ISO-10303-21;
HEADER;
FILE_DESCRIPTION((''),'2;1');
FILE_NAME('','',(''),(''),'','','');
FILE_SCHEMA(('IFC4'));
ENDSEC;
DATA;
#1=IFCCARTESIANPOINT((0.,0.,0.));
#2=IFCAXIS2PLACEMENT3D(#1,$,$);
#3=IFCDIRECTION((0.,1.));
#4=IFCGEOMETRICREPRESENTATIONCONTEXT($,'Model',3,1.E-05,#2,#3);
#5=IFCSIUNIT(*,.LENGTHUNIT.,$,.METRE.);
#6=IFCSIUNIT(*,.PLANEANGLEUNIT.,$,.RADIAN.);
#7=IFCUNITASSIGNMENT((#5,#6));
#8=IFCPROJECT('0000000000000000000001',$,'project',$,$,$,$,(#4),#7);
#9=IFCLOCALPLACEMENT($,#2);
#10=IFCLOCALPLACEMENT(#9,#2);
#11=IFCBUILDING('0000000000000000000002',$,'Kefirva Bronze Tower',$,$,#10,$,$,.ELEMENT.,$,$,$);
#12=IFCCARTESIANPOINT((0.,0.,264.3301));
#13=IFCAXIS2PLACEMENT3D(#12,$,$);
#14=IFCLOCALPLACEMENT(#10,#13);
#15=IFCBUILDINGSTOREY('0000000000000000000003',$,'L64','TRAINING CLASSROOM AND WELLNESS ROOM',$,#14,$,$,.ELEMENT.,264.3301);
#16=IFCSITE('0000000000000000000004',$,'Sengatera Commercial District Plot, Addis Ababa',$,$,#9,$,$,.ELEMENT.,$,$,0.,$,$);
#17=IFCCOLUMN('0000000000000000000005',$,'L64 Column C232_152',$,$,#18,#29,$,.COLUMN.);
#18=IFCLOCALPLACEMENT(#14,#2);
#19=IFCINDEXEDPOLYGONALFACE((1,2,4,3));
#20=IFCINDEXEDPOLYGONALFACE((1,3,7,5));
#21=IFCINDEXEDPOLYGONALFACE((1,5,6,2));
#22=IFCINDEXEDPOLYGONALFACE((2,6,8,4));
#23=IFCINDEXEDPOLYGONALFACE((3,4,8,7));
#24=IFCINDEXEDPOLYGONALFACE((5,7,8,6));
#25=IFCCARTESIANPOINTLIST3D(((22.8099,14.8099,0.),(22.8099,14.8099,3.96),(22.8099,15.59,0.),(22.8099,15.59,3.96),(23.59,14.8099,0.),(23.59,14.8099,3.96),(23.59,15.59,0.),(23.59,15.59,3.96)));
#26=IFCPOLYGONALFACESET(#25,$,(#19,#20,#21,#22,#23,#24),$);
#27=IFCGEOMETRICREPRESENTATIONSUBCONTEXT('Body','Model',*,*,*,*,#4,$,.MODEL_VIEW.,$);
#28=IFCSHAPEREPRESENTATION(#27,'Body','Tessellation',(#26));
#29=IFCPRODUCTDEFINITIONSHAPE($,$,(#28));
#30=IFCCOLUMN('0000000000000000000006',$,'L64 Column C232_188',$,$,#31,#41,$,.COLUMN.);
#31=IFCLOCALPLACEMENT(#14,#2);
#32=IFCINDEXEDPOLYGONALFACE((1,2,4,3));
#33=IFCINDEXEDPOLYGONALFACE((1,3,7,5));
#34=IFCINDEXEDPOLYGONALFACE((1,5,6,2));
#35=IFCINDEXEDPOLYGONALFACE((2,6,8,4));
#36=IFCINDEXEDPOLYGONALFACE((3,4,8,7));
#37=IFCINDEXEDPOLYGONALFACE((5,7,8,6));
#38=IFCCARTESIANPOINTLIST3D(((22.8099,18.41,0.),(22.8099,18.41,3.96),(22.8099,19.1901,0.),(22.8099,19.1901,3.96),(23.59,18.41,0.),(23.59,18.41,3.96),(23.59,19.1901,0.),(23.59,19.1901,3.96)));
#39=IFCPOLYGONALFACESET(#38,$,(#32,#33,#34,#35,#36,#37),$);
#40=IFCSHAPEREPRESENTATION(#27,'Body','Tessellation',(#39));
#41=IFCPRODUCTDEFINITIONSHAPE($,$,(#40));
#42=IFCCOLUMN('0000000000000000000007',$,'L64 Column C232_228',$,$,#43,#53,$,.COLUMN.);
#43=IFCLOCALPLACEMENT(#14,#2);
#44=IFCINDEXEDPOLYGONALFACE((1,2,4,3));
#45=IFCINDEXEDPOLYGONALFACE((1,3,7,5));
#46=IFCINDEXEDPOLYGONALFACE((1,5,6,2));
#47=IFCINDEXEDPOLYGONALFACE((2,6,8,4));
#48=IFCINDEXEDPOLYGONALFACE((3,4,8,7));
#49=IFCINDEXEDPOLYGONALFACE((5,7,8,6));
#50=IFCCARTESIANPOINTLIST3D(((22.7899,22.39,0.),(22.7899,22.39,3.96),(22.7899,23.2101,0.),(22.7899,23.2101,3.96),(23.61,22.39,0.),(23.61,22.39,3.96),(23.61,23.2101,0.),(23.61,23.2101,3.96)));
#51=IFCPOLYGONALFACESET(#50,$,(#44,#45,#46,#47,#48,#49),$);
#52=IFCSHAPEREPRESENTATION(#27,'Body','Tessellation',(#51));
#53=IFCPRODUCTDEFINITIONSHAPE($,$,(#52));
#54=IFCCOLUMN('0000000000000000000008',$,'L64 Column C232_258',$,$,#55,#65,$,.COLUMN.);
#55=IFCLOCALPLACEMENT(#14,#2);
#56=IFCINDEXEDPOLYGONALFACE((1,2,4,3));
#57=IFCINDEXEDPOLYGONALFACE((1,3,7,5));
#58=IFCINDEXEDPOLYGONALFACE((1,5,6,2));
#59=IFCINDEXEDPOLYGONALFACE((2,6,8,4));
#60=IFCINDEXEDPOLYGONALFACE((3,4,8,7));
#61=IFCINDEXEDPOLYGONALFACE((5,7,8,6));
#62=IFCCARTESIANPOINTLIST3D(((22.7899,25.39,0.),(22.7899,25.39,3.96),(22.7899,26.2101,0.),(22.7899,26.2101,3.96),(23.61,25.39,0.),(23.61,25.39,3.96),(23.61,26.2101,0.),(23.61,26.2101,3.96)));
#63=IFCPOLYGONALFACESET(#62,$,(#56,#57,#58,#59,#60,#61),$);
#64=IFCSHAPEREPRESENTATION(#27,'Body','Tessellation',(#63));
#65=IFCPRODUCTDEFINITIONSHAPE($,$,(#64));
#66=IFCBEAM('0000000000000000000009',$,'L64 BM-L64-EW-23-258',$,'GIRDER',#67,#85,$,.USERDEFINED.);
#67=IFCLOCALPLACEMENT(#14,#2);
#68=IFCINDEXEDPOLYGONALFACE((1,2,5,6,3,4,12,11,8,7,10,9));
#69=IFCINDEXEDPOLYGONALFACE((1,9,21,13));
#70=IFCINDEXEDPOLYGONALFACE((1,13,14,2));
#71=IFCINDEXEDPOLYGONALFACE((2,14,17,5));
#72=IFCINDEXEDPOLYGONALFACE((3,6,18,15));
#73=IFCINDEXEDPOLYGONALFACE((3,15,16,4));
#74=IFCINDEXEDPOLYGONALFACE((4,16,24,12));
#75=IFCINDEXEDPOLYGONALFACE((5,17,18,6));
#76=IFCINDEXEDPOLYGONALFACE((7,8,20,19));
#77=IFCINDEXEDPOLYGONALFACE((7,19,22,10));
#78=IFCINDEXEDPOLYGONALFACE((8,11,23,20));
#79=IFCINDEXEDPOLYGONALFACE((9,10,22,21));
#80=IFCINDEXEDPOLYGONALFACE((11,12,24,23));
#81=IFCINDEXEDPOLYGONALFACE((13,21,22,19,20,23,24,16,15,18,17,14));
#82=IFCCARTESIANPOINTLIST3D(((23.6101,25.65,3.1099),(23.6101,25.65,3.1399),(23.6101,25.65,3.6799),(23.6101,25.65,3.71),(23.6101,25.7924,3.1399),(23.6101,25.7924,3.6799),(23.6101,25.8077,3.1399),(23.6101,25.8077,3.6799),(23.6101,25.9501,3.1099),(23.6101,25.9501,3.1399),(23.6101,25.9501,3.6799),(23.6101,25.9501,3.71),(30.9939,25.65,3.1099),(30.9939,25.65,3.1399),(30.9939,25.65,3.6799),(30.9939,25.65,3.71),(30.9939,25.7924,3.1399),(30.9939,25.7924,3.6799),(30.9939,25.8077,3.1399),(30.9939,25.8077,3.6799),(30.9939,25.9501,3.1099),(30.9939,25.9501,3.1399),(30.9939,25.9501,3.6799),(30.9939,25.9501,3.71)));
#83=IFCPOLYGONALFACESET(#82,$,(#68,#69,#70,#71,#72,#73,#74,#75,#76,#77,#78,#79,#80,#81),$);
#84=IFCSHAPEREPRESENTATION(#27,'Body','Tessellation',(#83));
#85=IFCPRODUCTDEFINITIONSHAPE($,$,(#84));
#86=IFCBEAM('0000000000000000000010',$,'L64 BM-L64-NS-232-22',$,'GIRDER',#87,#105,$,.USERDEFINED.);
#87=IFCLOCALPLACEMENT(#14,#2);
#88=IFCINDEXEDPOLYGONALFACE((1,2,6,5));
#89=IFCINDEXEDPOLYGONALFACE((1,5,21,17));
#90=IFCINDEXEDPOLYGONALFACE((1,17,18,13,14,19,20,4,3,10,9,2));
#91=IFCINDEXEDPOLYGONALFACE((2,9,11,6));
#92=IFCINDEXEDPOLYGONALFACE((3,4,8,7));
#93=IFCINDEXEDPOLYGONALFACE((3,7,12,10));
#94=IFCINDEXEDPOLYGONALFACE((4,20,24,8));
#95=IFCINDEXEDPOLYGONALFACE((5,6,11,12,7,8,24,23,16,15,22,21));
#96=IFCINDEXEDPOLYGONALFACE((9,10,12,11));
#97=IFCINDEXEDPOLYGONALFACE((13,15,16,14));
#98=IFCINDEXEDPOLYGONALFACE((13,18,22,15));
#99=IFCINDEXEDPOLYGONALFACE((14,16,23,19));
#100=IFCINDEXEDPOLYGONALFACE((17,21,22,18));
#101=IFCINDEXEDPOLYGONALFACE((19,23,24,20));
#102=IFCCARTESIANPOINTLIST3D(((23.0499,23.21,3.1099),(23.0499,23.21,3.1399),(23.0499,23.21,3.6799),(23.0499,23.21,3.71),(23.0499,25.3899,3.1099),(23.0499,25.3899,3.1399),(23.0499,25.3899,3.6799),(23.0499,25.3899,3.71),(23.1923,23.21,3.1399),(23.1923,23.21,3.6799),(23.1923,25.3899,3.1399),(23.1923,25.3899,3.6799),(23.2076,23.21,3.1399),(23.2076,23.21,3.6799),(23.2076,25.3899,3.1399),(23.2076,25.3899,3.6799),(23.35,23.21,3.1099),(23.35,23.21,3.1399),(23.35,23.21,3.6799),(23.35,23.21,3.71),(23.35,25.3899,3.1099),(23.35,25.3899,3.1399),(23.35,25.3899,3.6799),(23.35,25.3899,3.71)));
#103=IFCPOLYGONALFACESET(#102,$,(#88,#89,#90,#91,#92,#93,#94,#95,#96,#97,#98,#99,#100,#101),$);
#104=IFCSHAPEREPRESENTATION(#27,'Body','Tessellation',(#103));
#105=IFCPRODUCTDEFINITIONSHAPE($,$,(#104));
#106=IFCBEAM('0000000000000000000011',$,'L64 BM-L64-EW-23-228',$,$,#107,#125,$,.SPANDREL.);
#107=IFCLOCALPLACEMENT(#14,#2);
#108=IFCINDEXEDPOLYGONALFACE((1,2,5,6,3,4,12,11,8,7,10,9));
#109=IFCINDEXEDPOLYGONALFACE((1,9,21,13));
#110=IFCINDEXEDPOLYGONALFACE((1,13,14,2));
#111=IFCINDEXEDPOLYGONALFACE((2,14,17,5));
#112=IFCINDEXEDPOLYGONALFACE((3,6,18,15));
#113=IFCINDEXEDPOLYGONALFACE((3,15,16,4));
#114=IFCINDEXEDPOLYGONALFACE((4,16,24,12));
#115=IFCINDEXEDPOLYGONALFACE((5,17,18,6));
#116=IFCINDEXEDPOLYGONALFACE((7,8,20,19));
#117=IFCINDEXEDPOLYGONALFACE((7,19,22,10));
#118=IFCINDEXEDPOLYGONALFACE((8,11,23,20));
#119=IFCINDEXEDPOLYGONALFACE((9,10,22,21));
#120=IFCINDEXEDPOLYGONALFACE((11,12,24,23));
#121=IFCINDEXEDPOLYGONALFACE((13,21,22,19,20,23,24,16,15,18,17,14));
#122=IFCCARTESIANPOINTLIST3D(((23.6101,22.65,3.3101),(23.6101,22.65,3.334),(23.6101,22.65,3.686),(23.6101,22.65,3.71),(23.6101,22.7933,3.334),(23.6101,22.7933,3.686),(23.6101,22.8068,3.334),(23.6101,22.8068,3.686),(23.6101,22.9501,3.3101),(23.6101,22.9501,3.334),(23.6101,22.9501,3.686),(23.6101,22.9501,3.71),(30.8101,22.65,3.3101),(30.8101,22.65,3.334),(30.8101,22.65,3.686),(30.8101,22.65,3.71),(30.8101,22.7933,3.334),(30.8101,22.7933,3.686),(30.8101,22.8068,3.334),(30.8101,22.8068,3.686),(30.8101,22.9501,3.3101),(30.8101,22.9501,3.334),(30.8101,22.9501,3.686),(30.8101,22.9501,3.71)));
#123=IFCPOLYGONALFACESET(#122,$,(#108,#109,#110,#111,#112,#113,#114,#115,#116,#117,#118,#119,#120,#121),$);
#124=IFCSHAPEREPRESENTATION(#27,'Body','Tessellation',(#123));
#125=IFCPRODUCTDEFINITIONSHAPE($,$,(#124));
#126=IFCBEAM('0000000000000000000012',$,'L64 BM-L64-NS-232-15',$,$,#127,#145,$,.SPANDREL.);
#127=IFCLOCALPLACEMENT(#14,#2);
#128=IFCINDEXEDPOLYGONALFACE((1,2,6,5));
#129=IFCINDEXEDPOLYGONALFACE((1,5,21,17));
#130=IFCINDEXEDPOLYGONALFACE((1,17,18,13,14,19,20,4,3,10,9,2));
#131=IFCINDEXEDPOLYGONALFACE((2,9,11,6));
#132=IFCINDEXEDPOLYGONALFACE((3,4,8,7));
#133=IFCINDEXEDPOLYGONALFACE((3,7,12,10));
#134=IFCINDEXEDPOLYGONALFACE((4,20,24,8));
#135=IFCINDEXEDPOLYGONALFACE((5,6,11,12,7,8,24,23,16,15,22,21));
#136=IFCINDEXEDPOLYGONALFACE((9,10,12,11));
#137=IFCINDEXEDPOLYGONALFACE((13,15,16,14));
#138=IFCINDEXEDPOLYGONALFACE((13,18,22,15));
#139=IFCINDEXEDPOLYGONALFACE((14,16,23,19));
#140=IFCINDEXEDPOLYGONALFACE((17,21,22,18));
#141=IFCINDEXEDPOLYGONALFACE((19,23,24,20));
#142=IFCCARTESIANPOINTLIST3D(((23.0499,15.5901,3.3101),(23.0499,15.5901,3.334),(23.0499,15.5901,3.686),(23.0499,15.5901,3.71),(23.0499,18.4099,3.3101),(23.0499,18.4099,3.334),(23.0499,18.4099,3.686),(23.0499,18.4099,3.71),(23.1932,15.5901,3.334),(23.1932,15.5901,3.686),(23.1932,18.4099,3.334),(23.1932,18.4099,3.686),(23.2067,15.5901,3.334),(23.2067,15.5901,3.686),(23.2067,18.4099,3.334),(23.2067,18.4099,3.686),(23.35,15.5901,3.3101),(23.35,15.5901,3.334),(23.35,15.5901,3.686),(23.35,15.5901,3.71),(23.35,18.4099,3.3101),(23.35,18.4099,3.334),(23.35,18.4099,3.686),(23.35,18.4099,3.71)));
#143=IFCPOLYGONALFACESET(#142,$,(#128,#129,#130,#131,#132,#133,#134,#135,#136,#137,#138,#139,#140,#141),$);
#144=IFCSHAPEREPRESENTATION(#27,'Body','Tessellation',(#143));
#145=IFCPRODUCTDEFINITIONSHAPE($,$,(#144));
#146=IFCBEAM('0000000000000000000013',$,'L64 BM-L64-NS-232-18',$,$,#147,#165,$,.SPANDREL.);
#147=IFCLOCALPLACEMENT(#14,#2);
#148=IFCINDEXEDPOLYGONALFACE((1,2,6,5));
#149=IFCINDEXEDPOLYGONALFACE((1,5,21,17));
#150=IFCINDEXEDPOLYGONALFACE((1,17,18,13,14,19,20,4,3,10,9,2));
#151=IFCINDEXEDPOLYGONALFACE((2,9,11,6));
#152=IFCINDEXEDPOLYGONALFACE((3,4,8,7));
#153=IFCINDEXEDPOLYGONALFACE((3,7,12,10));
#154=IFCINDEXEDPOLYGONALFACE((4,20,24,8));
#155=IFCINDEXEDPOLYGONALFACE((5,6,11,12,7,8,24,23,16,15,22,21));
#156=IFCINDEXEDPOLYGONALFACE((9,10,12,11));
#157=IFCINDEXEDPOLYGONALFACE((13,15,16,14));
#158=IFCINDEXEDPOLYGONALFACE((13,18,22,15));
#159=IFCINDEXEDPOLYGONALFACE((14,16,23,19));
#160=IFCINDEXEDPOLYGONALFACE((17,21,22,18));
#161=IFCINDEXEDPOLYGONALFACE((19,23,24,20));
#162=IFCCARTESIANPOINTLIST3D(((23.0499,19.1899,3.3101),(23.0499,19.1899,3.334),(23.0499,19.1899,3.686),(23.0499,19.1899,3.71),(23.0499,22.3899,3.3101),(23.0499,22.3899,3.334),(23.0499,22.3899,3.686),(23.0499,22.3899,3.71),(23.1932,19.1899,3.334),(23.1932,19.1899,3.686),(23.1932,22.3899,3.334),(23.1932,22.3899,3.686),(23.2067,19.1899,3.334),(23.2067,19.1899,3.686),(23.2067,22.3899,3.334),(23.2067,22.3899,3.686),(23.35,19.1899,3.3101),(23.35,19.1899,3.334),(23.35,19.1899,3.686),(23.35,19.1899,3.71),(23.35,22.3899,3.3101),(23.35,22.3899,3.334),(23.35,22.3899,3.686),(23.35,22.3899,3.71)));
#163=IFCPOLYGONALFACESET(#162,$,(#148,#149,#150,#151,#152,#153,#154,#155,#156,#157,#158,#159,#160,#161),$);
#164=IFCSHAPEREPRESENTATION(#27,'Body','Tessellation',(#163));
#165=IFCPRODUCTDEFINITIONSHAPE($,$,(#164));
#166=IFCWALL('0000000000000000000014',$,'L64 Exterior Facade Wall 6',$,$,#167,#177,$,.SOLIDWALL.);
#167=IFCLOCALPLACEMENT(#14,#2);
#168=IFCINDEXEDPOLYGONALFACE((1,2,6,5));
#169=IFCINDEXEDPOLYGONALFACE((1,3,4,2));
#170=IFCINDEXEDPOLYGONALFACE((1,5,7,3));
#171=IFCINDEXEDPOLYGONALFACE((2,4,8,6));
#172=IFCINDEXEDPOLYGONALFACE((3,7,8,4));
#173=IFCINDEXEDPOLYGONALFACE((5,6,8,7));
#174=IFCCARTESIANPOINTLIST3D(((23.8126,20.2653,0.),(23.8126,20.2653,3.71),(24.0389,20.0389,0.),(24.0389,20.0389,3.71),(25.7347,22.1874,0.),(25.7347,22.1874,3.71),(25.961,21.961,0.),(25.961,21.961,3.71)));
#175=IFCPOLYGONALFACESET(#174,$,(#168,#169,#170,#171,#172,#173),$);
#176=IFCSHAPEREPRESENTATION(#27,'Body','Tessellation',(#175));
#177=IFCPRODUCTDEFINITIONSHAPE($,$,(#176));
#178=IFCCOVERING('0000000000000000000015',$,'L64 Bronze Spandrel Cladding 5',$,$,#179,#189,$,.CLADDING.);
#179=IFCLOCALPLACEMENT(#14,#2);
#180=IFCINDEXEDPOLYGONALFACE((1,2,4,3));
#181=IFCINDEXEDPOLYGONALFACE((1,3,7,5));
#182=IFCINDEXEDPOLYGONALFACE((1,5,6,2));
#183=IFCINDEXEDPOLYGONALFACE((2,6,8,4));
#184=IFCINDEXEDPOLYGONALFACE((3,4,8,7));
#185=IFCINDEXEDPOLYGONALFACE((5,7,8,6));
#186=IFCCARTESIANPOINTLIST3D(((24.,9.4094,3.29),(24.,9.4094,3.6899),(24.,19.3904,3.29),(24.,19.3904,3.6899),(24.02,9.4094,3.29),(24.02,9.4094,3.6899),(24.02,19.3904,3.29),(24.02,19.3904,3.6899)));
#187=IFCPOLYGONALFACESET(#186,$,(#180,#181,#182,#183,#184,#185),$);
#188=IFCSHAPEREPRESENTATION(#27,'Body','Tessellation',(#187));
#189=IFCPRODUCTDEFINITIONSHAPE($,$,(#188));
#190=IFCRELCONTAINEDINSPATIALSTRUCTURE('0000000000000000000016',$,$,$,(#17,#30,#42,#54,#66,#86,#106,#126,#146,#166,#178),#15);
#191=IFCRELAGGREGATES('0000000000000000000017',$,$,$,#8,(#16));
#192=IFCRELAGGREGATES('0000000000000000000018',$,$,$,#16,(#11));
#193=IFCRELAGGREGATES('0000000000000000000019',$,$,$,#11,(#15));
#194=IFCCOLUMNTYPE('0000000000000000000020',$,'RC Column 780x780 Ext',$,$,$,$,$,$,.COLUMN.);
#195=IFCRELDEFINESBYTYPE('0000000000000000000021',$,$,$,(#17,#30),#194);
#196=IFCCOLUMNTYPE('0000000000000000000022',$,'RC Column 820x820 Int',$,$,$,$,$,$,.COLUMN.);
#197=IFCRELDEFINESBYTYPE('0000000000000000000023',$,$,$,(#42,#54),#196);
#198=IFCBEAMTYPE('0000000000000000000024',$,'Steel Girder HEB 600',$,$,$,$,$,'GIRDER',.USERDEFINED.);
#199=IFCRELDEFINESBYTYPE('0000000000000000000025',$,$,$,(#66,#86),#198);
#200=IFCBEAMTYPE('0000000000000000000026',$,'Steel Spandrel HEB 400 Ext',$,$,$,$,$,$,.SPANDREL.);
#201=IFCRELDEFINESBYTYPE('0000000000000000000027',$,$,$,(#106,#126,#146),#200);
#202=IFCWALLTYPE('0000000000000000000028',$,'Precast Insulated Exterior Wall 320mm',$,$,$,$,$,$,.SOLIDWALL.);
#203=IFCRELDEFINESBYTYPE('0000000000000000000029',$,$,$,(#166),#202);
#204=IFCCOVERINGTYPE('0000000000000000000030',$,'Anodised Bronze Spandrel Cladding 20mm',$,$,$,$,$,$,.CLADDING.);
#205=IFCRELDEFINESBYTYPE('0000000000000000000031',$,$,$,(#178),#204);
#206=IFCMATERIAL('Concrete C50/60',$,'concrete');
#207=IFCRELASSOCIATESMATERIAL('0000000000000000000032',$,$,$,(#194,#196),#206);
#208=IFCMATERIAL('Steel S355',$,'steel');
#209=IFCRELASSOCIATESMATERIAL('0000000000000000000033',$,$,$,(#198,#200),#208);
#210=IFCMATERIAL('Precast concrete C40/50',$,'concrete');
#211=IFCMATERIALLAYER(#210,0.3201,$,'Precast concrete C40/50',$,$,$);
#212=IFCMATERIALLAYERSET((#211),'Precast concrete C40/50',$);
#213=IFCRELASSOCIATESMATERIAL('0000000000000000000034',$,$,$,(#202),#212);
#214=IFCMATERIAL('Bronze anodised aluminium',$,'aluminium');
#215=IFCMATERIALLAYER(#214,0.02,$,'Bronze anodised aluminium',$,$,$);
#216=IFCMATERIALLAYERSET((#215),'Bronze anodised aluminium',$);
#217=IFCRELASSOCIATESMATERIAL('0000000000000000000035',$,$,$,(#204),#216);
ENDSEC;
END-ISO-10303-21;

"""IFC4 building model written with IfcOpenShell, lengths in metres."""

from ifc_helpers import new_model, si_unit, direction, frame, frame_2d, origin, origin_2d, place, context, subcontext, project, spatial, rectangle, i_section, extrude, material, layer, layer_set, material_profile, profile_set, type_object, element, save


model = new_model("IFC4")

# Units and contexts
model_context = context("Model", 3, precision=1e-05, world=origin(), true_north=direction((0.0, 1.0)))
body_context = subcontext(model_context, "Body", "Model", "MODEL_VIEW")
ifc_project = project(units=[si_unit("LENGTHUNIT", "METRE"), si_unit("PLANEANGLEUNIT", "RADIAN")], contexts=[model_context])

# Site, building, storey
site_placement = place(None, origin())
site = spatial("IfcSite", under=ifc_project, at=site_placement, Name="Sengatera Commercial District Plot, Addis Ababa", CompositionType="ELEMENT", RefElevation=0.0)
building_placement = place(site_placement, origin())
building = spatial("IfcBuilding", under=site, at=building_placement, Name="Kefirva Bronze Tower", CompositionType="ELEMENT")
storey_placement = place(building_placement, frame((0.0, 0.0, 264.3301)))
storey = spatial("IfcBuildingStorey", under=building, at=storey_placement, Name="L64", Description="TRAINING CLASSROOM AND WELLNESS ROOM", CompositionType="ELEMENT", Elevation=264.3301)

# Columns
ifc_material_1 = material(Name="Concrete C50/60", Category="concrete")
ifc_material_profile_1 = material_profile(ifc_material_1, rectangle(XDim=0.78, YDim=0.78, at=origin_2d()), Name="RC 780x780")
ifc_profile_set_1 = profile_set([ifc_material_profile_1], Name="Concrete C50/60")
column_type_1 = type_object("IfcColumnType", Name="RC Column 780x780 Ext", PredefinedType="COLUMN", material=ifc_profile_set_1)
for number, where, z_axis, x_axis, name in (
    (1, (23.2, 15.2, 0.0), (0.0, 0.0, 1.0), (1.0, 0.0, 0.0), "L64 Column C232_152"),
    (2, (23.2, 18.8, 0.0), (0.0, 0.0, 1.0), (1.0, 0.0, 0.0), "L64 Column C232_188"),
):
    element("IfcColumn", number, at=place(storey_placement, frame(where, z_axis=z_axis, x_axis=x_axis)), inside=storey, type_object=column_type_1, Name=name, PredefinedType="COLUMN", context=body_context, shape_type="SweptSolid", body=[
        extrude(rectangle(XDim=0.78, YDim=0.78, at=origin_2d()), origin(), (0.0, 0.0, 1.0), 3.96),
    ])
ifc_material_profile_2 = material_profile(ifc_material_1, rectangle(XDim=0.8201, YDim=0.8201, at=origin_2d()), Name="RC 820x820")
ifc_profile_set_2 = profile_set([ifc_material_profile_2], Name="Concrete C50/60")
column_type_2 = type_object("IfcColumnType", Name="RC Column 820x820 Int", PredefinedType="COLUMN", material=ifc_profile_set_2)
for number, where, z_axis, x_axis, name in (
    (3, (23.2, 22.8, 0.0), (0.0, 0.0, 1.0), (1.0, 0.0, 0.0), "L64 Column C232_228"),
    (4, (23.2, 25.8, 0.0), (0.0, 0.0, 1.0), (1.0, 0.0, 0.0), "L64 Column C232_258"),
):
    element("IfcColumn", number, at=place(storey_placement, frame(where, z_axis=z_axis, x_axis=x_axis)), inside=storey, type_object=column_type_2, Name=name, PredefinedType="COLUMN", context=body_context, shape_type="SweptSolid", body=[
        extrude(rectangle(XDim=0.8201, YDim=0.8201, at=origin_2d()), origin(), (0.0, 0.0, 1.0), 3.96),
    ])

# Beams
ifc_material_2 = material(Name="Steel S355", Category="steel")
ifc_material_profile_3 = material_profile(ifc_material_2, i_section(OverallWidth=0.3, OverallDepth=0.6001, WebThickness=0.0154, FlangeThickness=0.03, at=origin_2d()), Name="HEB 600")
ifc_profile_set_3 = profile_set([ifc_material_profile_3], Name="Steel S355")
beam_type_1 = type_object("IfcBeamType", Name="Steel Girder HEB 600", ElementType="GIRDER", PredefinedType="USERDEFINED", material=ifc_profile_set_3)
beam_1_placement = place(storey_placement, frame((23.6101, 25.8, 3.4099), z_axis=(1.0, 0.0, 0.0), x_axis=(0.0, 1.0, 0.0)))
element("IfcBeam", 5, at=beam_1_placement, inside=storey, type_object=beam_type_1, Name="L64 BM-L64-EW-23-258", ObjectType="GIRDER", PredefinedType="USERDEFINED", context=body_context, shape_type="SweptSolid", body=[
    extrude(i_section(OverallWidth=0.3, OverallDepth=0.6001, WebThickness=0.0154, FlangeThickness=0.03, at=origin_2d()), origin(), (0.0, 0.0, 1.0), 7.3838),
])
beam_2_placement = place(storey_placement, frame((23.2, 23.21, 3.4099), z_axis=(0.0, 1.0, 0.0), x_axis=(-1.0, 0.0, 0.0)))
element("IfcBeam", 6, at=beam_2_placement, inside=storey, type_object=beam_type_1, Name="L64 BM-L64-NS-232-22", ObjectType="GIRDER", PredefinedType="USERDEFINED", context=body_context, shape_type="SweptSolid", body=[
    extrude(i_section(OverallWidth=0.3, OverallDepth=0.6001, WebThickness=0.0154, FlangeThickness=0.03, at=origin_2d()), origin(), (0.0, 0.0, 1.0), 2.1799),
])
ifc_material_profile_4 = material_profile(ifc_material_2, i_section(OverallWidth=0.3, OverallDepth=0.3999, WebThickness=0.0134, FlangeThickness=0.0239, at=origin_2d()), Name="HEB 400")
ifc_profile_set_4 = profile_set([ifc_material_profile_4], Name="Steel S355")
beam_type_2 = type_object("IfcBeamType", Name="Steel Spandrel HEB 400 Ext", PredefinedType="SPANDREL", material=ifc_profile_set_4)
beam_3_placement = place(storey_placement, frame((23.6101, 22.8, 3.51), z_axis=(1.0, 0.0, 0.0), x_axis=(0.0, 1.0, 0.0)))
element("IfcBeam", 7, at=beam_3_placement, inside=storey, type_object=beam_type_2, Name="L64 BM-L64-EW-23-228", PredefinedType="SPANDREL", context=body_context, shape_type="SweptSolid", body=[
    extrude(i_section(OverallWidth=0.3, OverallDepth=0.3999, WebThickness=0.0134, FlangeThickness=0.0239, at=origin_2d()), origin(), (0.0, 0.0, 1.0), 7.2),
])
beam_4_placement = place(storey_placement, frame((23.2, 15.5901, 3.51), z_axis=(0.0, 1.0, 0.0), x_axis=(-1.0, 0.0, 0.0)))
element("IfcBeam", 8, at=beam_4_placement, inside=storey, type_object=beam_type_2, Name="L64 BM-L64-NS-232-15", PredefinedType="SPANDREL", context=body_context, shape_type="SweptSolid", body=[
    extrude(i_section(OverallWidth=0.3, OverallDepth=0.3999, WebThickness=0.0134, FlangeThickness=0.0239, at=origin_2d()), origin(), (0.0, 0.0, 1.0), 2.8198),
])
beam_5_placement = place(storey_placement, frame((23.2, 19.1899, 3.51), z_axis=(0.0, 1.0, 0.0), x_axis=(-1.0, 0.0, 0.0)))
element("IfcBeam", 9, at=beam_5_placement, inside=storey, type_object=beam_type_2, Name="L64 BM-L64-NS-232-18", PredefinedType="SPANDREL", context=body_context, shape_type="SweptSolid", body=[
    extrude(i_section(OverallWidth=0.3, OverallDepth=0.3999, WebThickness=0.0134, FlangeThickness=0.0239, at=origin_2d()), origin(), (0.0, 0.0, 1.0), 3.2),
])

# Wall
ifc_material_3 = material(Name="Precast concrete C40/50", Category="concrete")
ifc_layer_1 = layer(ifc_material_3, 0.3201, Name="Precast concrete C40/50")
ifc_layer_set_1 = layer_set([ifc_layer_1], Name="Precast concrete C40/50")
wall_type = type_object("IfcWallType", Name="Precast Insulated Exterior Wall 320mm", PredefinedType="SOLIDWALL", material=ifc_layer_set_1)
wall_placement = place(storey_placement, frame((23.9258, 20.1521, 0.0), z_axis=(0.0, 0.0, 1.0), x_axis=(0.707107, 0.707107, 0.0)))
element("IfcWall", 10, at=wall_placement, inside=storey, type_object=wall_type, Name="L64 Exterior Facade Wall 6", PredefinedType="SOLIDWALL", context=body_context, shape_type="SweptSolid", body=[
    extrude(rectangle(XDim=2.7183, YDim=0.3201, at=frame_2d((1.3591, 0.0))), origin(), (0.0, 0.0, 1.0), 3.71),
])

# Covering
ifc_material_4 = material(Name="Bronze anodised aluminium", Category="aluminium")
ifc_layer_2 = layer(ifc_material_4, 0.02, Name="Bronze anodised aluminium")
ifc_layer_set_2 = layer_set([ifc_layer_2], Name="Bronze anodised aluminium")
covering_type_1 = type_object("IfcCoveringType", Name="Anodised Bronze Spandrel Cladding 20mm", PredefinedType="CLADDING", material=ifc_layer_set_2)
covering_1_placement = place(storey_placement, frame((24.01, 14.3999, 3.29), z_axis=(0.0, 0.0, 1.0), x_axis=(0.0, 1.0, 0.0)))
element("IfcCovering", 11, at=covering_1_placement, inside=storey, type_object=covering_type_1, Name="L64 Bronze Spandrel Cladding 5", PredefinedType="CLADDING", context=body_context, shape_type="SweptSolid", body=[
    extrude(rectangle(XDim=9.981, YDim=0.02, at=origin_2d()), origin(), (0.0, 0.0, 1.0), 0.3999),
])

save(model, "model.ifc")
